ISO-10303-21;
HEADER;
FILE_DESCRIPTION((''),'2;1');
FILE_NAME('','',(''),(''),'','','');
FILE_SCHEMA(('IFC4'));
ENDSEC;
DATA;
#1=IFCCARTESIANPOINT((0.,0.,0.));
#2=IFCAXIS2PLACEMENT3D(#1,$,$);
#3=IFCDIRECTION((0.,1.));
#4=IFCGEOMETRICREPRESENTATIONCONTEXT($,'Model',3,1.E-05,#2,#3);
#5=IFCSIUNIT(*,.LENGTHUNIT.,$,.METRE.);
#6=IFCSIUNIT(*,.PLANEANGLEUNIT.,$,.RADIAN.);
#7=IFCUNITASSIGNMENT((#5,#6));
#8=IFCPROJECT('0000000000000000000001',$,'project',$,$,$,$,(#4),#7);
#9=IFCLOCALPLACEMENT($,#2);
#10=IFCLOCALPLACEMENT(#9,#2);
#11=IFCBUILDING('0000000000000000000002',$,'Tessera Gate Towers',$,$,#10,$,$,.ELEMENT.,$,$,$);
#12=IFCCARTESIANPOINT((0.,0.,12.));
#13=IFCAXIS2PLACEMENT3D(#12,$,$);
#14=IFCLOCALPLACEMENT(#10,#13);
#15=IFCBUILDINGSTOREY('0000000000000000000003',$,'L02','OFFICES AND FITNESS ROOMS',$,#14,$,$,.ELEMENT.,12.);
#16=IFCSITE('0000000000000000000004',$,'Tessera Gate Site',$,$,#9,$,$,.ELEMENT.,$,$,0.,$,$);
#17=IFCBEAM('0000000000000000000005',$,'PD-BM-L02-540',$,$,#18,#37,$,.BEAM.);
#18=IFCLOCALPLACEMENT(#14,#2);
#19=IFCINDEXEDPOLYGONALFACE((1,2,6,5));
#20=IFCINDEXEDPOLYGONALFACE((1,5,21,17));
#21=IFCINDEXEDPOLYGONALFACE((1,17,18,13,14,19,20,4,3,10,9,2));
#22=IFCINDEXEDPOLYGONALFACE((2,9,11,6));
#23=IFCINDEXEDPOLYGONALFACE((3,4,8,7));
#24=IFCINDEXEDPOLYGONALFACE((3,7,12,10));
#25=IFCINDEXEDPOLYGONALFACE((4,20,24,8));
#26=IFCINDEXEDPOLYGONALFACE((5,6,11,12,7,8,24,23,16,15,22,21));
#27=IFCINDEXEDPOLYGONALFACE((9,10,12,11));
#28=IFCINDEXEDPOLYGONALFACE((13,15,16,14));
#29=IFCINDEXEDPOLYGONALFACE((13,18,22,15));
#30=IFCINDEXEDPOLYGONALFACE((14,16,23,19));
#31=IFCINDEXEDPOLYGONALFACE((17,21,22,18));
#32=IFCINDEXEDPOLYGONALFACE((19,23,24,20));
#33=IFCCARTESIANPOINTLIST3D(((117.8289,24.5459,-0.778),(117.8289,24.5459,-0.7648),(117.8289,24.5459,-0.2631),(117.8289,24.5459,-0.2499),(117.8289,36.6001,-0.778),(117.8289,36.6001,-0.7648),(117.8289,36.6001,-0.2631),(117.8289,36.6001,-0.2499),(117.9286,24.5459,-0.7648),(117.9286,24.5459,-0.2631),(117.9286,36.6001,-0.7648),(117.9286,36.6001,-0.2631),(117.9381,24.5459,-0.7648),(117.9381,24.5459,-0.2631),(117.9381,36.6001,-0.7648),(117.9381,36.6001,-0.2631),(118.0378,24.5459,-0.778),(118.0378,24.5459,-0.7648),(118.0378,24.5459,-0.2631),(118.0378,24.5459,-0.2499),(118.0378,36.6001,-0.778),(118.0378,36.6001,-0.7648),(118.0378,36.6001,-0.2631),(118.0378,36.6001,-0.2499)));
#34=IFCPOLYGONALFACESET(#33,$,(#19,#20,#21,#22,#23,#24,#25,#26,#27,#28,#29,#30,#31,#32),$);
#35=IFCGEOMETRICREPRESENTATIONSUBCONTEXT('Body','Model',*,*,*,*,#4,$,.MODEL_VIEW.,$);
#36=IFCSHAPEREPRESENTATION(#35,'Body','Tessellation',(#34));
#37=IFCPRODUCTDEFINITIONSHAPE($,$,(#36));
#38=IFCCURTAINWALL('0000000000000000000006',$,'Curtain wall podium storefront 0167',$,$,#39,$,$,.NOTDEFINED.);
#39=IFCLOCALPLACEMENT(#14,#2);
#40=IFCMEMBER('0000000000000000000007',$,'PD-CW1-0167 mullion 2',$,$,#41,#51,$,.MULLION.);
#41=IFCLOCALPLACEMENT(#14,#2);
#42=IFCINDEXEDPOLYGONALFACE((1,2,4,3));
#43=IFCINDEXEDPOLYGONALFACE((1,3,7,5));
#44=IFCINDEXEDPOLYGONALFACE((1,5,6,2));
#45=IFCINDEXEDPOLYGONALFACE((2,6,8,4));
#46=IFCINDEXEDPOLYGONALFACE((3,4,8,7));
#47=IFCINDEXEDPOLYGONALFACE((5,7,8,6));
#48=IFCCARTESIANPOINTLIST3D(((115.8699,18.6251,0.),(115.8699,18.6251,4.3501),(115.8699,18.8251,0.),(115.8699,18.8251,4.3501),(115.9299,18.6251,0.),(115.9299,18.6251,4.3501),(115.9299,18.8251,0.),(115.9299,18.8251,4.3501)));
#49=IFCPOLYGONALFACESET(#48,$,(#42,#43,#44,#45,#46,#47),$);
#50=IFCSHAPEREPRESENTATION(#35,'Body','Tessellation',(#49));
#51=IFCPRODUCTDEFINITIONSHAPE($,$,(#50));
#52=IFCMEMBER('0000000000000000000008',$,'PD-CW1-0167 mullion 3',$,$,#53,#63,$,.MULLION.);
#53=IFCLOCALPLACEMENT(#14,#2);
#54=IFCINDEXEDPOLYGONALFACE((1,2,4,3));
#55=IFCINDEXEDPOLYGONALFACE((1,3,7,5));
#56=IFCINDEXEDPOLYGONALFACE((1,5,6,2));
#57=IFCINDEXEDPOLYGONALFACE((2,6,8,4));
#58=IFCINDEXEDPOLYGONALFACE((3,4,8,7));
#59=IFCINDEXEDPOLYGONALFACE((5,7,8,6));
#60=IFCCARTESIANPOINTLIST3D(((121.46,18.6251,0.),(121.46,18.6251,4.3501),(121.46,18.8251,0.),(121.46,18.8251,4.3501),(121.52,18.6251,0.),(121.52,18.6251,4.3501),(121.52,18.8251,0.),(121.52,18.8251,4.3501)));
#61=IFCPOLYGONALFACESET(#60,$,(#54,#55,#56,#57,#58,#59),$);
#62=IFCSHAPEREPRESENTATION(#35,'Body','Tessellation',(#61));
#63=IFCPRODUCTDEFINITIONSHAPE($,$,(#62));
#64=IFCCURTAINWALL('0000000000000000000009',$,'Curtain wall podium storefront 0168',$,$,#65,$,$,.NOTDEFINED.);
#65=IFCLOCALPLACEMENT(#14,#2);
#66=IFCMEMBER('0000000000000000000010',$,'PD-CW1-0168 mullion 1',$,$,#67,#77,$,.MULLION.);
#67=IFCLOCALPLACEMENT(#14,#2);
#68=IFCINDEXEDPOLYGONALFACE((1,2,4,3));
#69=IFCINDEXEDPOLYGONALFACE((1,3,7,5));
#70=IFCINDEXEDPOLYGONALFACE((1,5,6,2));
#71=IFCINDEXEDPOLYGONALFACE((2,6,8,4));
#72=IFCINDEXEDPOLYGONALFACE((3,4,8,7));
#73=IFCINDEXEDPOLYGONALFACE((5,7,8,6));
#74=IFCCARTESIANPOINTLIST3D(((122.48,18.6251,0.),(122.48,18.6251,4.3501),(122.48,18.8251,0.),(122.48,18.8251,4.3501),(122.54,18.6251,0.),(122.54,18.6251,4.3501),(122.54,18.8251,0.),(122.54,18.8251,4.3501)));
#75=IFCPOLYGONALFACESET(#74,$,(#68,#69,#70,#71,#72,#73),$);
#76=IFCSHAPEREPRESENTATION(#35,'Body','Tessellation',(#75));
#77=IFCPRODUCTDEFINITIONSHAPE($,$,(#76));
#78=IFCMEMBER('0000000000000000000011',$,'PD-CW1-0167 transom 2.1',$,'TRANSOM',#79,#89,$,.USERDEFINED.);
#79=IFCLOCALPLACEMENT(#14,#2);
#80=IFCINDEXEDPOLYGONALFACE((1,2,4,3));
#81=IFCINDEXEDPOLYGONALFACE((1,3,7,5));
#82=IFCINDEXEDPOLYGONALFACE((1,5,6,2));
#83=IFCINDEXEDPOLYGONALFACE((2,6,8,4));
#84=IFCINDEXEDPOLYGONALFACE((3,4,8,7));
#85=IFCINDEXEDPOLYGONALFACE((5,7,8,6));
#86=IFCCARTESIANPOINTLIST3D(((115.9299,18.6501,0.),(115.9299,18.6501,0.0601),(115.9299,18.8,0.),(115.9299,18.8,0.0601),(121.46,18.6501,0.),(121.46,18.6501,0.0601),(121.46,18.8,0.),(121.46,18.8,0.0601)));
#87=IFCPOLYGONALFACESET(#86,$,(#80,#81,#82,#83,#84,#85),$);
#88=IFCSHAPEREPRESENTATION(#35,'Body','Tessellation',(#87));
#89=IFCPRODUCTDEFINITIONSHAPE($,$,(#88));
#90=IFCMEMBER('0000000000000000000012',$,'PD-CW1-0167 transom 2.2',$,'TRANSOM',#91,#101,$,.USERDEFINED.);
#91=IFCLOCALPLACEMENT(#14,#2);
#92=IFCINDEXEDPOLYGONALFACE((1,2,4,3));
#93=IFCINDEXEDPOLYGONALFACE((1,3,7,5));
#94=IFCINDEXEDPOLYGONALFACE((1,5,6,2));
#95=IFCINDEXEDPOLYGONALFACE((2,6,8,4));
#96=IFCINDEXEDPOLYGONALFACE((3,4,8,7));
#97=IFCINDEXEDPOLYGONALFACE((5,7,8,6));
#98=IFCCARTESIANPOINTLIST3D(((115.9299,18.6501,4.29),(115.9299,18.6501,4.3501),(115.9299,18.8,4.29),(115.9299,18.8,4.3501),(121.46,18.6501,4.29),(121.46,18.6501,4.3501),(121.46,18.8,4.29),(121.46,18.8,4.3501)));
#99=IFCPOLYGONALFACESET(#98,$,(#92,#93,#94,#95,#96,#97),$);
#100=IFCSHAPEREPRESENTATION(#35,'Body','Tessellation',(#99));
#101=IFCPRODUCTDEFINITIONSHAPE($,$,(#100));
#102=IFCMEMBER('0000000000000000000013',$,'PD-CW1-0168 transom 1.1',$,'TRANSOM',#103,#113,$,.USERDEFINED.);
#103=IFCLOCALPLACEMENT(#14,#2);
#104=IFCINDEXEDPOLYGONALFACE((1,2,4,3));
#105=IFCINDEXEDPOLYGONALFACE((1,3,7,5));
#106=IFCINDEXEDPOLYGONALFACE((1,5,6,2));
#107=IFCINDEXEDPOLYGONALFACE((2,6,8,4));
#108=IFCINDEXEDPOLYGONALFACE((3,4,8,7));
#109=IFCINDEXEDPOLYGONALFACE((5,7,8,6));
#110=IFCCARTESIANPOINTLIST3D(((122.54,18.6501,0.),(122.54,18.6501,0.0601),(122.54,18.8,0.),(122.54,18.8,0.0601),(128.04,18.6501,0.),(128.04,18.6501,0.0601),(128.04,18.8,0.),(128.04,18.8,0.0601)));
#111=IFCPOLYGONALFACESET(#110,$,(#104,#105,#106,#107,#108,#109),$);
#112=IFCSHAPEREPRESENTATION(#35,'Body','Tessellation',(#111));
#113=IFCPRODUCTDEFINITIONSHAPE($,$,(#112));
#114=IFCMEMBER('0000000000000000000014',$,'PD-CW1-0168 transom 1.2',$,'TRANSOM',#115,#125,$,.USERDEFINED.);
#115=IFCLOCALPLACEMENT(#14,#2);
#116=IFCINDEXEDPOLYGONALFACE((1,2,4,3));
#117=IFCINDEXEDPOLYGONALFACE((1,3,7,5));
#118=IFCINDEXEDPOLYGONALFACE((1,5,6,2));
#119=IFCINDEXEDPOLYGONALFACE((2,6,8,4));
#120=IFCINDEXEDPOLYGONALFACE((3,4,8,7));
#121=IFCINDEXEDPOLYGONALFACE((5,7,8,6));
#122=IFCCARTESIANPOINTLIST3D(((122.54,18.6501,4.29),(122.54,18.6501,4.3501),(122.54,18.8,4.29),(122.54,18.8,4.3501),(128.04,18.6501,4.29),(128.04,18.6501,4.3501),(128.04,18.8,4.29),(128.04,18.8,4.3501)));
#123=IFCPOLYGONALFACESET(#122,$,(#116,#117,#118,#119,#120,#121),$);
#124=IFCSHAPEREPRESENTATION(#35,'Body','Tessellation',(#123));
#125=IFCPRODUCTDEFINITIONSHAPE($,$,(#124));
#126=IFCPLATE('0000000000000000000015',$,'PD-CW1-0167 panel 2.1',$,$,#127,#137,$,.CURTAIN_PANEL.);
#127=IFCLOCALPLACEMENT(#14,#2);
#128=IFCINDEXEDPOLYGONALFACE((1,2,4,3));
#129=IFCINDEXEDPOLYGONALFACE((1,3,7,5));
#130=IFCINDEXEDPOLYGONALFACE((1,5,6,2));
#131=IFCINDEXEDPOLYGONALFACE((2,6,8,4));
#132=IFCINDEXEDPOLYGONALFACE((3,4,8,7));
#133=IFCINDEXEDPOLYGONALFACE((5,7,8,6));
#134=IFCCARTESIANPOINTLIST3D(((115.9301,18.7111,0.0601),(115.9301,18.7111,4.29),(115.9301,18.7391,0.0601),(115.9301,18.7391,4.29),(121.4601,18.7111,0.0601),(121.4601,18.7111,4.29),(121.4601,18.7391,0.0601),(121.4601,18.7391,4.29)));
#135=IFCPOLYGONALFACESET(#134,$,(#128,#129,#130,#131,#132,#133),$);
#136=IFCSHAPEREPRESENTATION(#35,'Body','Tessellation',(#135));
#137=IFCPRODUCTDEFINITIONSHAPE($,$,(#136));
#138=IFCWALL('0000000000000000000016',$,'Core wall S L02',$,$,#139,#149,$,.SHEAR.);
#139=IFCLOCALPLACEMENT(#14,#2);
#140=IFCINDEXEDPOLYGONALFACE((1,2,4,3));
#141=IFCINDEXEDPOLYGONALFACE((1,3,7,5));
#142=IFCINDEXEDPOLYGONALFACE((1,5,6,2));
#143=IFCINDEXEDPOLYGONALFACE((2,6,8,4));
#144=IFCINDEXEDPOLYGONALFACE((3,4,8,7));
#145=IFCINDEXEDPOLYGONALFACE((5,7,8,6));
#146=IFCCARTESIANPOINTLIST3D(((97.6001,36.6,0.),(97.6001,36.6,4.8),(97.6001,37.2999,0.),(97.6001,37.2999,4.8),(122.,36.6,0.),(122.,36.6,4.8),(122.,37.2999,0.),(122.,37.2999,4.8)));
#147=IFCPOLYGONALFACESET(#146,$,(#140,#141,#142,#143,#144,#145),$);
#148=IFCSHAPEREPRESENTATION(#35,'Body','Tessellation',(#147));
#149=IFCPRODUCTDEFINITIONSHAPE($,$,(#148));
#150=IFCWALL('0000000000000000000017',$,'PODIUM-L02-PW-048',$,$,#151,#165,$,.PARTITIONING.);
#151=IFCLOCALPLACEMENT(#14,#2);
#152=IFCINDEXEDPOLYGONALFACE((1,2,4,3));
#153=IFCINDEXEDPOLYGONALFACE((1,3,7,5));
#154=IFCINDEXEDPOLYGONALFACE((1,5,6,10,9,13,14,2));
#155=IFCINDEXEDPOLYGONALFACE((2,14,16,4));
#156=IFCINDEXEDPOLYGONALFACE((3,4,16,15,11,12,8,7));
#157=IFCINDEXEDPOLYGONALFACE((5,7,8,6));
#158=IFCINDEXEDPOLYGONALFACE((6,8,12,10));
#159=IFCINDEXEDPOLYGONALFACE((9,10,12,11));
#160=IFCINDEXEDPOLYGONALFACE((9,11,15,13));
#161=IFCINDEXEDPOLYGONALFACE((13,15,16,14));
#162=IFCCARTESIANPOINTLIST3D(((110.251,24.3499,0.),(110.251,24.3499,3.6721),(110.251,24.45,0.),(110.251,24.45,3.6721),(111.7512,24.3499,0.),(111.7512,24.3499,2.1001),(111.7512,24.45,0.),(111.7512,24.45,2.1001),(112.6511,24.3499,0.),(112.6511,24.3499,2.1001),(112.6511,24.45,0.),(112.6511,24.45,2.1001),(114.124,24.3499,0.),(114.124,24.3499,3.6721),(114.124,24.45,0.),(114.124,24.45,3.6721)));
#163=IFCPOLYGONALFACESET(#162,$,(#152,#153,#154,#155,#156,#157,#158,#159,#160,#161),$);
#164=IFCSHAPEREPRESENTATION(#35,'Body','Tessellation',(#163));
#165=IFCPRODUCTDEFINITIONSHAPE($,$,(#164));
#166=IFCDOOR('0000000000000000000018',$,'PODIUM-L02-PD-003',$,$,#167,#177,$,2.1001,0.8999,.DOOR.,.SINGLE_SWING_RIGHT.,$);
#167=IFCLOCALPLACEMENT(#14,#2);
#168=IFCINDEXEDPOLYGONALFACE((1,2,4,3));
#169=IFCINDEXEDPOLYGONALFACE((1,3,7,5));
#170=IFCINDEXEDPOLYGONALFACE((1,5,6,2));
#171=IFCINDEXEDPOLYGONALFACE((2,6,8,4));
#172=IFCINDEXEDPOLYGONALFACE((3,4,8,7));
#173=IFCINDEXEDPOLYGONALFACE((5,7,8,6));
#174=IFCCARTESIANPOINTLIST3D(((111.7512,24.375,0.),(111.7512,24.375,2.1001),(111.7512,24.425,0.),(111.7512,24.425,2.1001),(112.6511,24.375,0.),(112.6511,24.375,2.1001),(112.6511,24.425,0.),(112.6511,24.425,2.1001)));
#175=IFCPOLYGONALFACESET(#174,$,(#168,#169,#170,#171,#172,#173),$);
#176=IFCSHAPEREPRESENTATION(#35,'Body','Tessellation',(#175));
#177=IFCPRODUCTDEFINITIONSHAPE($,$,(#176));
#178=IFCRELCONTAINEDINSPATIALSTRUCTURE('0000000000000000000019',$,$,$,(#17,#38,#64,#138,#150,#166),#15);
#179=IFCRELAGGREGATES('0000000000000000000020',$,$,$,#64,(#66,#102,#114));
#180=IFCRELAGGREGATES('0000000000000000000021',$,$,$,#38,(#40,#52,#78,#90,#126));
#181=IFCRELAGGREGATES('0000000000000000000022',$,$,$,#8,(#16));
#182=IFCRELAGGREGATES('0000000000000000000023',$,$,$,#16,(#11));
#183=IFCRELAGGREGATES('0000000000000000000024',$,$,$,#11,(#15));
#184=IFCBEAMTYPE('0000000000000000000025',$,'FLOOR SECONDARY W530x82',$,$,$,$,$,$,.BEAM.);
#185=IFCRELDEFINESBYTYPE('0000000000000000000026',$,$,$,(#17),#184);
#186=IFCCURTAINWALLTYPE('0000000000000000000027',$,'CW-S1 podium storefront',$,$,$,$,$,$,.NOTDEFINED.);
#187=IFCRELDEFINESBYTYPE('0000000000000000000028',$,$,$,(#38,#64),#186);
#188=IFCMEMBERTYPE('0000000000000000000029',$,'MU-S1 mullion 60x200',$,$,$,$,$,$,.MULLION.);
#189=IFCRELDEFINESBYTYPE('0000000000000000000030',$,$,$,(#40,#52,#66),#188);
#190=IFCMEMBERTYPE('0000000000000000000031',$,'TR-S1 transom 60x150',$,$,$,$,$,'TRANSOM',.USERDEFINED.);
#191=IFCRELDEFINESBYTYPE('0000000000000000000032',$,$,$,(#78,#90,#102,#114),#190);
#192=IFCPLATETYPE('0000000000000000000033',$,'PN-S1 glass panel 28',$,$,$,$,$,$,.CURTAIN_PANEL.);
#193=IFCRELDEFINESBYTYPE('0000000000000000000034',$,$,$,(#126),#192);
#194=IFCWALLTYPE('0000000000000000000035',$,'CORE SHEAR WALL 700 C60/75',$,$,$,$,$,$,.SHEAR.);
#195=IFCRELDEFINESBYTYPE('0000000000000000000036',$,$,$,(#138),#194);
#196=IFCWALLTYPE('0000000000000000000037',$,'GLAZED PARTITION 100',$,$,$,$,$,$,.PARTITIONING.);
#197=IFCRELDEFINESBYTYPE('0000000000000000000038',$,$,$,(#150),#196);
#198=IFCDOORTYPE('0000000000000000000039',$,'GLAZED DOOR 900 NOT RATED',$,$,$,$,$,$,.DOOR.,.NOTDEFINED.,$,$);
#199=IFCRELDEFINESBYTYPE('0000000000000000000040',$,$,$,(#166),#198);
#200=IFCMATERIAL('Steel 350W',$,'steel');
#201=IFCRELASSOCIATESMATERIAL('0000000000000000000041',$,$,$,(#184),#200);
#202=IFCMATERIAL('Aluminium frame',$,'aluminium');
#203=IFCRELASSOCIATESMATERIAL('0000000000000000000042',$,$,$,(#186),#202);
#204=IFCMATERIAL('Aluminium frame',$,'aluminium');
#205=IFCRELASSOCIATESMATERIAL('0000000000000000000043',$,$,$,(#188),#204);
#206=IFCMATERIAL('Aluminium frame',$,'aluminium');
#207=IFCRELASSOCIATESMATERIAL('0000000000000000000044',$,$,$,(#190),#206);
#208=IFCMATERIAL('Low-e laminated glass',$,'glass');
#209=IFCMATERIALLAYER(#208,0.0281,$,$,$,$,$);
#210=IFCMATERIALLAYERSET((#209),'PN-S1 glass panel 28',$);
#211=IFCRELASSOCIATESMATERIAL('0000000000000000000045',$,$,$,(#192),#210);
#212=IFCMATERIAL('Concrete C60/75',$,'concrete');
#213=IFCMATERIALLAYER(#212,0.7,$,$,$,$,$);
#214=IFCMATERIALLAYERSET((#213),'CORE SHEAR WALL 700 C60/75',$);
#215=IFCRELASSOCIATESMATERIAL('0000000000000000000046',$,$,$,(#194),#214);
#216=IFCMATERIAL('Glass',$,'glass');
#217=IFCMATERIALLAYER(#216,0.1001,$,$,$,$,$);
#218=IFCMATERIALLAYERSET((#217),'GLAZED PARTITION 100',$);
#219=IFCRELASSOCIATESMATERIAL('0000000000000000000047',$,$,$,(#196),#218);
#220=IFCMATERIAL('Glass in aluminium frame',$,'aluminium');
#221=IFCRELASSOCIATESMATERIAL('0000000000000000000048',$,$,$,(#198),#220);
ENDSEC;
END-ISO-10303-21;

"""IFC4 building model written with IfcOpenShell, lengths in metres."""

from ifc_helpers import new_model, si_unit, direction, frame, frame_2d, origin, origin_2d, place, context, subcontext, project, spatial, rectangle, i_section, extrude, source, transform, mapped, material, layer, layer_set, material_profile, profile_set, type_object, element, fill, aggregate, save


model = new_model("IFC4")

# Units and contexts
model_context = context("Model", 3, precision=1e-05, world=origin(), true_north=direction((0.0, 1.0)))
body_context = subcontext(model_context, "Body", "Model", "MODEL_VIEW")
ifc_project = project(units=[si_unit("LENGTHUNIT", "METRE"), si_unit("PLANEANGLEUNIT", "RADIAN")], contexts=[model_context])

# Site, building, storey
site_placement = place(None, origin())
site = spatial("IfcSite", under=ifc_project, at=site_placement, Name="Tessera Gate Site", CompositionType="ELEMENT", RefElevation=0.0)
building_placement = place(site_placement, origin())
building = spatial("IfcBuilding", under=site, at=building_placement, Name="Tessera Gate Towers", CompositionType="ELEMENT")
storey_placement = place(building_placement, frame((0.0, 0.0, 12.0)))
storey = spatial("IfcBuildingStorey", under=building, at=storey_placement, Name="L02", Description="OFFICES AND FITNESS ROOMS", CompositionType="ELEMENT", Elevation=12.0)

# Beam
ifc_material_1 = material(Name="Steel 350W", Category="steel")
ifc_material_profile_1 = material_profile(ifc_material_1, i_section(OverallWidth=0.209, OverallDepth=0.5281, WebThickness=0.0095, FlangeThickness=0.0132, at=origin_2d()), Name="W530x82")
ifc_profile_set_1 = profile_set([ifc_material_profile_1], Name="Steel 350W")
beam_type_1 = type_object("IfcBeamType", Name="FLOOR SECONDARY W530x82", PredefinedType="BEAM", material=ifc_profile_set_1)
beam_1_placement = place(storey_placement, frame((117.9333, 24.5459, -0.5139), z_axis=(0.0, 1.0, 0.0), x_axis=(-1.0, 0.0, 0.0)))
element("IfcBeam", 1, at=beam_1_placement, inside=storey, type_object=beam_type_1, Name="PD-BM-L02-540", PredefinedType="BEAM", context=body_context, shape_type="SweptSolid", body=[
    extrude(i_section(OverallWidth=0.209, OverallDepth=0.5281, WebThickness=0.0095, FlangeThickness=0.0132, at=origin_2d()), origin(), (0.0, 0.0, 1.0), 12.0542),
])

# Curtain wall, members
ifc_material_2 = material(Name="Aluminium frame", Category="aluminium")
curtain_wall_type = type_object("IfcCurtainWallType", Name="CW-S1 podium storefront", PredefinedType="NOTDEFINED", material=ifc_material_2)
curtain_wall_1_placement = place(storey_placement, origin())
curtain_wall_1 = element("IfcCurtainWall", 2, at=curtain_wall_1_placement, inside=storey, type_object=curtain_wall_type, Name="Curtain wall podium storefront 0167", PredefinedType="NOTDEFINED")
ifc_material_3 = material(Name="Aluminium frame", Category="aluminium")
ifc_material_profile_2 = material_profile(ifc_material_3, rectangle(XDim=0.0601, YDim=0.2, at=origin_2d()), Name="AL 60x200")
ifc_profile_set_2 = profile_set([ifc_material_profile_2], Name="Aluminium frame")
member_type_1 = type_object("IfcMemberType", Name="MU-S1 mullion 60x200", PredefinedType="MULLION", material=ifc_profile_set_2)
member_1_placement = place(storey_placement, frame((115.8999, 18.7251, 0.0), z_axis=(0.0, 0.0, 1.0), x_axis=(1.0, 0.0, 0.0)))
member_1 = element("IfcMember", 3, at=member_1_placement, type_object=member_type_1, Name="PD-CW1-0167 mullion 2", PredefinedType="MULLION", context=body_context, shape_type="SweptSolid", body=[
    extrude(rectangle(XDim=0.0601, YDim=0.2, at=origin_2d()), origin(), (0.0, 0.0, 1.0), 4.3501),
])
member_2_placement = place(storey_placement, frame((121.49, 18.7251, 0.0), z_axis=(0.0, 0.0, 1.0), x_axis=(1.0, 0.0, 0.0)))
member_2 = element("IfcMember", 4, at=member_2_placement, type_object=member_type_1, Name="PD-CW1-0167 mullion 3", PredefinedType="MULLION", context=body_context, shape_type="SweptSolid", body=[
    extrude(rectangle(XDim=0.0601, YDim=0.2, at=origin_2d()), origin(), (0.0, 0.0, 1.0), 4.3501),
])

# Curtain wall, member
curtain_wall_2_placement = place(storey_placement, origin())
curtain_wall_2 = element("IfcCurtainWall", 5, at=curtain_wall_2_placement, inside=storey, type_object=curtain_wall_type, Name="Curtain wall podium storefront 0168", PredefinedType="NOTDEFINED")
member_3_placement = place(storey_placement, frame((122.51, 18.7251, 0.0), z_axis=(0.0, 0.0, 1.0), x_axis=(1.0, 0.0, 0.0)))
member_3 = element("IfcMember", 6, at=member_3_placement, type_object=member_type_1, Name="PD-CW1-0168 mullion 1", PredefinedType="MULLION", context=body_context, shape_type="SweptSolid", body=[
    extrude(rectangle(XDim=0.0601, YDim=0.2, at=origin_2d()), origin(), (0.0, 0.0, 1.0), 4.3501),
])

# Members
ifc_material_4 = material(Name="Aluminium frame", Category="aluminium")
ifc_material_profile_3 = material_profile(ifc_material_4, rectangle(XDim=0.1499, YDim=0.0601, at=origin_2d()), Name="AL 60x150")
ifc_profile_set_3 = profile_set([ifc_material_profile_3], Name="Aluminium frame")
member_type_2 = type_object("IfcMemberType", Name="TR-S1 transom 60x150", ElementType="TRANSOM", PredefinedType="USERDEFINED", material=ifc_profile_set_3)
member_4_placement = place(storey_placement, frame((115.9299, 18.7251, 0.03), z_axis=(1.0, 0.0, 0.0), x_axis=(0.0, 1.0, 0.0)))
member_4 = element("IfcMember", 7, at=member_4_placement, type_object=member_type_2, Name="PD-CW1-0167 transom 2.1", ObjectType="TRANSOM", PredefinedType="USERDEFINED", context=body_context, shape_type="SweptSolid", body=[
    extrude(rectangle(XDim=0.1499, YDim=0.0601, at=origin_2d()), origin(), (0.0, 0.0, 1.0), 5.53),
])
member_5_placement = place(storey_placement, frame((115.9299, 18.7251, 4.3201), z_axis=(1.0, 0.0, 0.0), x_axis=(0.0, 1.0, 0.0)))
member_5 = element("IfcMember", 8, at=member_5_placement, type_object=member_type_2, Name="PD-CW1-0167 transom 2.2", ObjectType="TRANSOM", PredefinedType="USERDEFINED", context=body_context, shape_type="SweptSolid", body=[
    extrude(rectangle(XDim=0.1499, YDim=0.0601, at=origin_2d()), origin(), (0.0, 0.0, 1.0), 5.53),
])
member_6_placement = place(storey_placement, frame((122.54, 18.7251, 0.03), z_axis=(1.0, 0.0, 0.0), x_axis=(0.0, 1.0, 0.0)))
member_6 = element("IfcMember", 9, at=member_6_placement, type_object=member_type_2, Name="PD-CW1-0168 transom 1.1", ObjectType="TRANSOM", PredefinedType="USERDEFINED", context=body_context, shape_type="SweptSolid", body=[
    extrude(rectangle(XDim=0.1499, YDim=0.0601, at=origin_2d()), origin(), (0.0, 0.0, 1.0), 5.5),
])
member_7_placement = place(storey_placement, frame((122.54, 18.7251, 4.3201), z_axis=(1.0, 0.0, 0.0), x_axis=(0.0, 1.0, 0.0)))
member_7 = element("IfcMember", 10, at=member_7_placement, type_object=member_type_2, Name="PD-CW1-0168 transom 1.2", ObjectType="TRANSOM", PredefinedType="USERDEFINED", context=body_context, shape_type="SweptSolid", body=[
    extrude(rectangle(XDim=0.1499, YDim=0.0601, at=origin_2d()), origin(), (0.0, 0.0, 1.0), 5.5),
])
aggregate(curtain_wall_2, [member_3, member_6, member_7])

# Plate
ifc_material_5 = material(Name="Low-e laminated glass", Category="glass")
ifc_layer_1 = layer(ifc_material_5, 0.0281)
ifc_layer_set_1 = layer_set([ifc_layer_1], Name="PN-S1 glass panel 28")
plate_type = type_object("IfcPlateType", Name="PN-S1 glass panel 28", PredefinedType="CURTAIN_PANEL", material=ifc_layer_set_1)
plate_placement = place(storey_placement, frame((118.6951, 18.7251, 0.0601), z_axis=(0.0, 0.0, 1.0), x_axis=(1.0, 0.0, 0.0)))
plate = element("IfcPlate", 11, at=plate_placement, type_object=plate_type, Name="PD-CW1-0167 panel 2.1", PredefinedType="CURTAIN_PANEL", context=body_context, shape_type="SweptSolid", body=[
    extrude(rectangle(XDim=5.53, YDim=0.0281, at=origin_2d()), origin(), (0.0, 0.0, 1.0), 4.23),
])
aggregate(curtain_wall_1, [member_1, member_2, member_4, member_5, plate])

# Wall
ifc_material_6 = material(Name="Concrete C60/75", Category="concrete")
ifc_layer_2 = layer(ifc_material_6, 0.7)
ifc_layer_set_2 = layer_set([ifc_layer_2], Name="CORE SHEAR WALL 700 C60/75")
wall_type_1 = type_object("IfcWallType", Name="CORE SHEAR WALL 700 C60/75", PredefinedType="SHEAR", material=ifc_layer_set_2)
wall_1_placement = place(storey_placement, frame((122.0, 36.95, 0.0), z_axis=(0.0, 0.0, 1.0), x_axis=(-1.0, 0.0, 0.0)))
element("IfcWall", 12, at=wall_1_placement, inside=storey, type_object=wall_type_1, Name="Core wall S L02", PredefinedType="SHEAR", context=body_context, shape_type="SweptSolid", body=[
    extrude(rectangle(XDim=24.3999, YDim=0.7, at=frame_2d((12.2, 0.0))), origin(), (0.0, 0.0, 1.0), 4.8),
])

# Wall, opening, door
ifc_material_7 = material(Name="Glass", Category="glass")
ifc_layer_3 = layer(ifc_material_7, 0.1001)
ifc_layer_set_3 = layer_set([ifc_layer_3], Name="GLAZED PARTITION 100")
wall_type_2 = type_object("IfcWallType", Name="GLAZED PARTITION 100", PredefinedType="PARTITIONING", material=ifc_layer_set_3)
wall_2_placement = place(storey_placement, frame((114.124, 24.3999, 0.0), z_axis=(0.0, 0.0, 1.0), x_axis=(-1.0, 0.0, 0.0)))
wall_2 = element("IfcWall", 13, at=wall_2_placement, inside=storey, type_object=wall_type_2, Name="PODIUM-L02-PW-048", PredefinedType="PARTITIONING", context=body_context, shape_type="SweptSolid", body=[
    extrude(rectangle(XDim=3.873, YDim=0.1001, at=frame_2d((1.9365, 0.0))), origin(), (0.0, 0.0, 1.0), 3.6721),
])
shared_shape_1 = source(origin(), body_context, "Body", "SweptSolid", [
    extrude(rectangle(XDim=0.8999, YDim=2.1001, at=frame_2d((0.45, 1.05))), frame((0.0, 0.0601, 0.0), z_axis=(0.0, -1.0, 0.0), x_axis=(1.0, 0.0, 0.0)), (0.0, 0.0, 1.0), 0.1201),
])
opening_1_placement = place(wall_2_placement, frame((1.4729, 0.0, 0.0)))
opening_1 = element("IfcOpeningElement", 14, at=opening_1_placement, cuts=wall_2, PredefinedType="OPENING", context=body_context, shape_type="MappedRepresentation", body=[
    mapped(shared_shape_1, transform((0.0, 0.0, 0.0), scale=1.0)),
])
ifc_material_8 = material(Name="Glass in aluminium frame", Category="aluminium")
door_type = type_object("IfcDoorType", Name="GLAZED DOOR 900 NOT RATED", OperationType="NOTDEFINED", PredefinedType="DOOR", material=ifc_material_8)
shared_shape_2 = source(origin(), body_context, "Body", "SweptSolid", [
    extrude(rectangle(XDim=0.8999, YDim=2.1001, at=frame_2d((0.45, 1.05))), frame((0.0, 0.0249, 0.0), z_axis=(0.0, -1.0, 0.0), x_axis=(1.0, 0.0, 0.0)), (0.0, 0.0, 1.0), 0.05),
])
door_1_placement = place(opening_1_placement, origin())
door_1 = element("IfcDoor", 15, at=door_1_placement, inside=storey, type_object=door_type, Name="PODIUM-L02-PD-003", OperationType="SINGLE_SWING_RIGHT", OverallHeight=2.1001, OverallWidth=0.8999, PredefinedType="DOOR", context=body_context, shape_type="MappedRepresentation", body=[
    mapped(shared_shape_2, transform((0.0, 0.0, 0.0), scale=1.0)),
])
fill(opening_1, door_1)

save(model, "model.ifc")
